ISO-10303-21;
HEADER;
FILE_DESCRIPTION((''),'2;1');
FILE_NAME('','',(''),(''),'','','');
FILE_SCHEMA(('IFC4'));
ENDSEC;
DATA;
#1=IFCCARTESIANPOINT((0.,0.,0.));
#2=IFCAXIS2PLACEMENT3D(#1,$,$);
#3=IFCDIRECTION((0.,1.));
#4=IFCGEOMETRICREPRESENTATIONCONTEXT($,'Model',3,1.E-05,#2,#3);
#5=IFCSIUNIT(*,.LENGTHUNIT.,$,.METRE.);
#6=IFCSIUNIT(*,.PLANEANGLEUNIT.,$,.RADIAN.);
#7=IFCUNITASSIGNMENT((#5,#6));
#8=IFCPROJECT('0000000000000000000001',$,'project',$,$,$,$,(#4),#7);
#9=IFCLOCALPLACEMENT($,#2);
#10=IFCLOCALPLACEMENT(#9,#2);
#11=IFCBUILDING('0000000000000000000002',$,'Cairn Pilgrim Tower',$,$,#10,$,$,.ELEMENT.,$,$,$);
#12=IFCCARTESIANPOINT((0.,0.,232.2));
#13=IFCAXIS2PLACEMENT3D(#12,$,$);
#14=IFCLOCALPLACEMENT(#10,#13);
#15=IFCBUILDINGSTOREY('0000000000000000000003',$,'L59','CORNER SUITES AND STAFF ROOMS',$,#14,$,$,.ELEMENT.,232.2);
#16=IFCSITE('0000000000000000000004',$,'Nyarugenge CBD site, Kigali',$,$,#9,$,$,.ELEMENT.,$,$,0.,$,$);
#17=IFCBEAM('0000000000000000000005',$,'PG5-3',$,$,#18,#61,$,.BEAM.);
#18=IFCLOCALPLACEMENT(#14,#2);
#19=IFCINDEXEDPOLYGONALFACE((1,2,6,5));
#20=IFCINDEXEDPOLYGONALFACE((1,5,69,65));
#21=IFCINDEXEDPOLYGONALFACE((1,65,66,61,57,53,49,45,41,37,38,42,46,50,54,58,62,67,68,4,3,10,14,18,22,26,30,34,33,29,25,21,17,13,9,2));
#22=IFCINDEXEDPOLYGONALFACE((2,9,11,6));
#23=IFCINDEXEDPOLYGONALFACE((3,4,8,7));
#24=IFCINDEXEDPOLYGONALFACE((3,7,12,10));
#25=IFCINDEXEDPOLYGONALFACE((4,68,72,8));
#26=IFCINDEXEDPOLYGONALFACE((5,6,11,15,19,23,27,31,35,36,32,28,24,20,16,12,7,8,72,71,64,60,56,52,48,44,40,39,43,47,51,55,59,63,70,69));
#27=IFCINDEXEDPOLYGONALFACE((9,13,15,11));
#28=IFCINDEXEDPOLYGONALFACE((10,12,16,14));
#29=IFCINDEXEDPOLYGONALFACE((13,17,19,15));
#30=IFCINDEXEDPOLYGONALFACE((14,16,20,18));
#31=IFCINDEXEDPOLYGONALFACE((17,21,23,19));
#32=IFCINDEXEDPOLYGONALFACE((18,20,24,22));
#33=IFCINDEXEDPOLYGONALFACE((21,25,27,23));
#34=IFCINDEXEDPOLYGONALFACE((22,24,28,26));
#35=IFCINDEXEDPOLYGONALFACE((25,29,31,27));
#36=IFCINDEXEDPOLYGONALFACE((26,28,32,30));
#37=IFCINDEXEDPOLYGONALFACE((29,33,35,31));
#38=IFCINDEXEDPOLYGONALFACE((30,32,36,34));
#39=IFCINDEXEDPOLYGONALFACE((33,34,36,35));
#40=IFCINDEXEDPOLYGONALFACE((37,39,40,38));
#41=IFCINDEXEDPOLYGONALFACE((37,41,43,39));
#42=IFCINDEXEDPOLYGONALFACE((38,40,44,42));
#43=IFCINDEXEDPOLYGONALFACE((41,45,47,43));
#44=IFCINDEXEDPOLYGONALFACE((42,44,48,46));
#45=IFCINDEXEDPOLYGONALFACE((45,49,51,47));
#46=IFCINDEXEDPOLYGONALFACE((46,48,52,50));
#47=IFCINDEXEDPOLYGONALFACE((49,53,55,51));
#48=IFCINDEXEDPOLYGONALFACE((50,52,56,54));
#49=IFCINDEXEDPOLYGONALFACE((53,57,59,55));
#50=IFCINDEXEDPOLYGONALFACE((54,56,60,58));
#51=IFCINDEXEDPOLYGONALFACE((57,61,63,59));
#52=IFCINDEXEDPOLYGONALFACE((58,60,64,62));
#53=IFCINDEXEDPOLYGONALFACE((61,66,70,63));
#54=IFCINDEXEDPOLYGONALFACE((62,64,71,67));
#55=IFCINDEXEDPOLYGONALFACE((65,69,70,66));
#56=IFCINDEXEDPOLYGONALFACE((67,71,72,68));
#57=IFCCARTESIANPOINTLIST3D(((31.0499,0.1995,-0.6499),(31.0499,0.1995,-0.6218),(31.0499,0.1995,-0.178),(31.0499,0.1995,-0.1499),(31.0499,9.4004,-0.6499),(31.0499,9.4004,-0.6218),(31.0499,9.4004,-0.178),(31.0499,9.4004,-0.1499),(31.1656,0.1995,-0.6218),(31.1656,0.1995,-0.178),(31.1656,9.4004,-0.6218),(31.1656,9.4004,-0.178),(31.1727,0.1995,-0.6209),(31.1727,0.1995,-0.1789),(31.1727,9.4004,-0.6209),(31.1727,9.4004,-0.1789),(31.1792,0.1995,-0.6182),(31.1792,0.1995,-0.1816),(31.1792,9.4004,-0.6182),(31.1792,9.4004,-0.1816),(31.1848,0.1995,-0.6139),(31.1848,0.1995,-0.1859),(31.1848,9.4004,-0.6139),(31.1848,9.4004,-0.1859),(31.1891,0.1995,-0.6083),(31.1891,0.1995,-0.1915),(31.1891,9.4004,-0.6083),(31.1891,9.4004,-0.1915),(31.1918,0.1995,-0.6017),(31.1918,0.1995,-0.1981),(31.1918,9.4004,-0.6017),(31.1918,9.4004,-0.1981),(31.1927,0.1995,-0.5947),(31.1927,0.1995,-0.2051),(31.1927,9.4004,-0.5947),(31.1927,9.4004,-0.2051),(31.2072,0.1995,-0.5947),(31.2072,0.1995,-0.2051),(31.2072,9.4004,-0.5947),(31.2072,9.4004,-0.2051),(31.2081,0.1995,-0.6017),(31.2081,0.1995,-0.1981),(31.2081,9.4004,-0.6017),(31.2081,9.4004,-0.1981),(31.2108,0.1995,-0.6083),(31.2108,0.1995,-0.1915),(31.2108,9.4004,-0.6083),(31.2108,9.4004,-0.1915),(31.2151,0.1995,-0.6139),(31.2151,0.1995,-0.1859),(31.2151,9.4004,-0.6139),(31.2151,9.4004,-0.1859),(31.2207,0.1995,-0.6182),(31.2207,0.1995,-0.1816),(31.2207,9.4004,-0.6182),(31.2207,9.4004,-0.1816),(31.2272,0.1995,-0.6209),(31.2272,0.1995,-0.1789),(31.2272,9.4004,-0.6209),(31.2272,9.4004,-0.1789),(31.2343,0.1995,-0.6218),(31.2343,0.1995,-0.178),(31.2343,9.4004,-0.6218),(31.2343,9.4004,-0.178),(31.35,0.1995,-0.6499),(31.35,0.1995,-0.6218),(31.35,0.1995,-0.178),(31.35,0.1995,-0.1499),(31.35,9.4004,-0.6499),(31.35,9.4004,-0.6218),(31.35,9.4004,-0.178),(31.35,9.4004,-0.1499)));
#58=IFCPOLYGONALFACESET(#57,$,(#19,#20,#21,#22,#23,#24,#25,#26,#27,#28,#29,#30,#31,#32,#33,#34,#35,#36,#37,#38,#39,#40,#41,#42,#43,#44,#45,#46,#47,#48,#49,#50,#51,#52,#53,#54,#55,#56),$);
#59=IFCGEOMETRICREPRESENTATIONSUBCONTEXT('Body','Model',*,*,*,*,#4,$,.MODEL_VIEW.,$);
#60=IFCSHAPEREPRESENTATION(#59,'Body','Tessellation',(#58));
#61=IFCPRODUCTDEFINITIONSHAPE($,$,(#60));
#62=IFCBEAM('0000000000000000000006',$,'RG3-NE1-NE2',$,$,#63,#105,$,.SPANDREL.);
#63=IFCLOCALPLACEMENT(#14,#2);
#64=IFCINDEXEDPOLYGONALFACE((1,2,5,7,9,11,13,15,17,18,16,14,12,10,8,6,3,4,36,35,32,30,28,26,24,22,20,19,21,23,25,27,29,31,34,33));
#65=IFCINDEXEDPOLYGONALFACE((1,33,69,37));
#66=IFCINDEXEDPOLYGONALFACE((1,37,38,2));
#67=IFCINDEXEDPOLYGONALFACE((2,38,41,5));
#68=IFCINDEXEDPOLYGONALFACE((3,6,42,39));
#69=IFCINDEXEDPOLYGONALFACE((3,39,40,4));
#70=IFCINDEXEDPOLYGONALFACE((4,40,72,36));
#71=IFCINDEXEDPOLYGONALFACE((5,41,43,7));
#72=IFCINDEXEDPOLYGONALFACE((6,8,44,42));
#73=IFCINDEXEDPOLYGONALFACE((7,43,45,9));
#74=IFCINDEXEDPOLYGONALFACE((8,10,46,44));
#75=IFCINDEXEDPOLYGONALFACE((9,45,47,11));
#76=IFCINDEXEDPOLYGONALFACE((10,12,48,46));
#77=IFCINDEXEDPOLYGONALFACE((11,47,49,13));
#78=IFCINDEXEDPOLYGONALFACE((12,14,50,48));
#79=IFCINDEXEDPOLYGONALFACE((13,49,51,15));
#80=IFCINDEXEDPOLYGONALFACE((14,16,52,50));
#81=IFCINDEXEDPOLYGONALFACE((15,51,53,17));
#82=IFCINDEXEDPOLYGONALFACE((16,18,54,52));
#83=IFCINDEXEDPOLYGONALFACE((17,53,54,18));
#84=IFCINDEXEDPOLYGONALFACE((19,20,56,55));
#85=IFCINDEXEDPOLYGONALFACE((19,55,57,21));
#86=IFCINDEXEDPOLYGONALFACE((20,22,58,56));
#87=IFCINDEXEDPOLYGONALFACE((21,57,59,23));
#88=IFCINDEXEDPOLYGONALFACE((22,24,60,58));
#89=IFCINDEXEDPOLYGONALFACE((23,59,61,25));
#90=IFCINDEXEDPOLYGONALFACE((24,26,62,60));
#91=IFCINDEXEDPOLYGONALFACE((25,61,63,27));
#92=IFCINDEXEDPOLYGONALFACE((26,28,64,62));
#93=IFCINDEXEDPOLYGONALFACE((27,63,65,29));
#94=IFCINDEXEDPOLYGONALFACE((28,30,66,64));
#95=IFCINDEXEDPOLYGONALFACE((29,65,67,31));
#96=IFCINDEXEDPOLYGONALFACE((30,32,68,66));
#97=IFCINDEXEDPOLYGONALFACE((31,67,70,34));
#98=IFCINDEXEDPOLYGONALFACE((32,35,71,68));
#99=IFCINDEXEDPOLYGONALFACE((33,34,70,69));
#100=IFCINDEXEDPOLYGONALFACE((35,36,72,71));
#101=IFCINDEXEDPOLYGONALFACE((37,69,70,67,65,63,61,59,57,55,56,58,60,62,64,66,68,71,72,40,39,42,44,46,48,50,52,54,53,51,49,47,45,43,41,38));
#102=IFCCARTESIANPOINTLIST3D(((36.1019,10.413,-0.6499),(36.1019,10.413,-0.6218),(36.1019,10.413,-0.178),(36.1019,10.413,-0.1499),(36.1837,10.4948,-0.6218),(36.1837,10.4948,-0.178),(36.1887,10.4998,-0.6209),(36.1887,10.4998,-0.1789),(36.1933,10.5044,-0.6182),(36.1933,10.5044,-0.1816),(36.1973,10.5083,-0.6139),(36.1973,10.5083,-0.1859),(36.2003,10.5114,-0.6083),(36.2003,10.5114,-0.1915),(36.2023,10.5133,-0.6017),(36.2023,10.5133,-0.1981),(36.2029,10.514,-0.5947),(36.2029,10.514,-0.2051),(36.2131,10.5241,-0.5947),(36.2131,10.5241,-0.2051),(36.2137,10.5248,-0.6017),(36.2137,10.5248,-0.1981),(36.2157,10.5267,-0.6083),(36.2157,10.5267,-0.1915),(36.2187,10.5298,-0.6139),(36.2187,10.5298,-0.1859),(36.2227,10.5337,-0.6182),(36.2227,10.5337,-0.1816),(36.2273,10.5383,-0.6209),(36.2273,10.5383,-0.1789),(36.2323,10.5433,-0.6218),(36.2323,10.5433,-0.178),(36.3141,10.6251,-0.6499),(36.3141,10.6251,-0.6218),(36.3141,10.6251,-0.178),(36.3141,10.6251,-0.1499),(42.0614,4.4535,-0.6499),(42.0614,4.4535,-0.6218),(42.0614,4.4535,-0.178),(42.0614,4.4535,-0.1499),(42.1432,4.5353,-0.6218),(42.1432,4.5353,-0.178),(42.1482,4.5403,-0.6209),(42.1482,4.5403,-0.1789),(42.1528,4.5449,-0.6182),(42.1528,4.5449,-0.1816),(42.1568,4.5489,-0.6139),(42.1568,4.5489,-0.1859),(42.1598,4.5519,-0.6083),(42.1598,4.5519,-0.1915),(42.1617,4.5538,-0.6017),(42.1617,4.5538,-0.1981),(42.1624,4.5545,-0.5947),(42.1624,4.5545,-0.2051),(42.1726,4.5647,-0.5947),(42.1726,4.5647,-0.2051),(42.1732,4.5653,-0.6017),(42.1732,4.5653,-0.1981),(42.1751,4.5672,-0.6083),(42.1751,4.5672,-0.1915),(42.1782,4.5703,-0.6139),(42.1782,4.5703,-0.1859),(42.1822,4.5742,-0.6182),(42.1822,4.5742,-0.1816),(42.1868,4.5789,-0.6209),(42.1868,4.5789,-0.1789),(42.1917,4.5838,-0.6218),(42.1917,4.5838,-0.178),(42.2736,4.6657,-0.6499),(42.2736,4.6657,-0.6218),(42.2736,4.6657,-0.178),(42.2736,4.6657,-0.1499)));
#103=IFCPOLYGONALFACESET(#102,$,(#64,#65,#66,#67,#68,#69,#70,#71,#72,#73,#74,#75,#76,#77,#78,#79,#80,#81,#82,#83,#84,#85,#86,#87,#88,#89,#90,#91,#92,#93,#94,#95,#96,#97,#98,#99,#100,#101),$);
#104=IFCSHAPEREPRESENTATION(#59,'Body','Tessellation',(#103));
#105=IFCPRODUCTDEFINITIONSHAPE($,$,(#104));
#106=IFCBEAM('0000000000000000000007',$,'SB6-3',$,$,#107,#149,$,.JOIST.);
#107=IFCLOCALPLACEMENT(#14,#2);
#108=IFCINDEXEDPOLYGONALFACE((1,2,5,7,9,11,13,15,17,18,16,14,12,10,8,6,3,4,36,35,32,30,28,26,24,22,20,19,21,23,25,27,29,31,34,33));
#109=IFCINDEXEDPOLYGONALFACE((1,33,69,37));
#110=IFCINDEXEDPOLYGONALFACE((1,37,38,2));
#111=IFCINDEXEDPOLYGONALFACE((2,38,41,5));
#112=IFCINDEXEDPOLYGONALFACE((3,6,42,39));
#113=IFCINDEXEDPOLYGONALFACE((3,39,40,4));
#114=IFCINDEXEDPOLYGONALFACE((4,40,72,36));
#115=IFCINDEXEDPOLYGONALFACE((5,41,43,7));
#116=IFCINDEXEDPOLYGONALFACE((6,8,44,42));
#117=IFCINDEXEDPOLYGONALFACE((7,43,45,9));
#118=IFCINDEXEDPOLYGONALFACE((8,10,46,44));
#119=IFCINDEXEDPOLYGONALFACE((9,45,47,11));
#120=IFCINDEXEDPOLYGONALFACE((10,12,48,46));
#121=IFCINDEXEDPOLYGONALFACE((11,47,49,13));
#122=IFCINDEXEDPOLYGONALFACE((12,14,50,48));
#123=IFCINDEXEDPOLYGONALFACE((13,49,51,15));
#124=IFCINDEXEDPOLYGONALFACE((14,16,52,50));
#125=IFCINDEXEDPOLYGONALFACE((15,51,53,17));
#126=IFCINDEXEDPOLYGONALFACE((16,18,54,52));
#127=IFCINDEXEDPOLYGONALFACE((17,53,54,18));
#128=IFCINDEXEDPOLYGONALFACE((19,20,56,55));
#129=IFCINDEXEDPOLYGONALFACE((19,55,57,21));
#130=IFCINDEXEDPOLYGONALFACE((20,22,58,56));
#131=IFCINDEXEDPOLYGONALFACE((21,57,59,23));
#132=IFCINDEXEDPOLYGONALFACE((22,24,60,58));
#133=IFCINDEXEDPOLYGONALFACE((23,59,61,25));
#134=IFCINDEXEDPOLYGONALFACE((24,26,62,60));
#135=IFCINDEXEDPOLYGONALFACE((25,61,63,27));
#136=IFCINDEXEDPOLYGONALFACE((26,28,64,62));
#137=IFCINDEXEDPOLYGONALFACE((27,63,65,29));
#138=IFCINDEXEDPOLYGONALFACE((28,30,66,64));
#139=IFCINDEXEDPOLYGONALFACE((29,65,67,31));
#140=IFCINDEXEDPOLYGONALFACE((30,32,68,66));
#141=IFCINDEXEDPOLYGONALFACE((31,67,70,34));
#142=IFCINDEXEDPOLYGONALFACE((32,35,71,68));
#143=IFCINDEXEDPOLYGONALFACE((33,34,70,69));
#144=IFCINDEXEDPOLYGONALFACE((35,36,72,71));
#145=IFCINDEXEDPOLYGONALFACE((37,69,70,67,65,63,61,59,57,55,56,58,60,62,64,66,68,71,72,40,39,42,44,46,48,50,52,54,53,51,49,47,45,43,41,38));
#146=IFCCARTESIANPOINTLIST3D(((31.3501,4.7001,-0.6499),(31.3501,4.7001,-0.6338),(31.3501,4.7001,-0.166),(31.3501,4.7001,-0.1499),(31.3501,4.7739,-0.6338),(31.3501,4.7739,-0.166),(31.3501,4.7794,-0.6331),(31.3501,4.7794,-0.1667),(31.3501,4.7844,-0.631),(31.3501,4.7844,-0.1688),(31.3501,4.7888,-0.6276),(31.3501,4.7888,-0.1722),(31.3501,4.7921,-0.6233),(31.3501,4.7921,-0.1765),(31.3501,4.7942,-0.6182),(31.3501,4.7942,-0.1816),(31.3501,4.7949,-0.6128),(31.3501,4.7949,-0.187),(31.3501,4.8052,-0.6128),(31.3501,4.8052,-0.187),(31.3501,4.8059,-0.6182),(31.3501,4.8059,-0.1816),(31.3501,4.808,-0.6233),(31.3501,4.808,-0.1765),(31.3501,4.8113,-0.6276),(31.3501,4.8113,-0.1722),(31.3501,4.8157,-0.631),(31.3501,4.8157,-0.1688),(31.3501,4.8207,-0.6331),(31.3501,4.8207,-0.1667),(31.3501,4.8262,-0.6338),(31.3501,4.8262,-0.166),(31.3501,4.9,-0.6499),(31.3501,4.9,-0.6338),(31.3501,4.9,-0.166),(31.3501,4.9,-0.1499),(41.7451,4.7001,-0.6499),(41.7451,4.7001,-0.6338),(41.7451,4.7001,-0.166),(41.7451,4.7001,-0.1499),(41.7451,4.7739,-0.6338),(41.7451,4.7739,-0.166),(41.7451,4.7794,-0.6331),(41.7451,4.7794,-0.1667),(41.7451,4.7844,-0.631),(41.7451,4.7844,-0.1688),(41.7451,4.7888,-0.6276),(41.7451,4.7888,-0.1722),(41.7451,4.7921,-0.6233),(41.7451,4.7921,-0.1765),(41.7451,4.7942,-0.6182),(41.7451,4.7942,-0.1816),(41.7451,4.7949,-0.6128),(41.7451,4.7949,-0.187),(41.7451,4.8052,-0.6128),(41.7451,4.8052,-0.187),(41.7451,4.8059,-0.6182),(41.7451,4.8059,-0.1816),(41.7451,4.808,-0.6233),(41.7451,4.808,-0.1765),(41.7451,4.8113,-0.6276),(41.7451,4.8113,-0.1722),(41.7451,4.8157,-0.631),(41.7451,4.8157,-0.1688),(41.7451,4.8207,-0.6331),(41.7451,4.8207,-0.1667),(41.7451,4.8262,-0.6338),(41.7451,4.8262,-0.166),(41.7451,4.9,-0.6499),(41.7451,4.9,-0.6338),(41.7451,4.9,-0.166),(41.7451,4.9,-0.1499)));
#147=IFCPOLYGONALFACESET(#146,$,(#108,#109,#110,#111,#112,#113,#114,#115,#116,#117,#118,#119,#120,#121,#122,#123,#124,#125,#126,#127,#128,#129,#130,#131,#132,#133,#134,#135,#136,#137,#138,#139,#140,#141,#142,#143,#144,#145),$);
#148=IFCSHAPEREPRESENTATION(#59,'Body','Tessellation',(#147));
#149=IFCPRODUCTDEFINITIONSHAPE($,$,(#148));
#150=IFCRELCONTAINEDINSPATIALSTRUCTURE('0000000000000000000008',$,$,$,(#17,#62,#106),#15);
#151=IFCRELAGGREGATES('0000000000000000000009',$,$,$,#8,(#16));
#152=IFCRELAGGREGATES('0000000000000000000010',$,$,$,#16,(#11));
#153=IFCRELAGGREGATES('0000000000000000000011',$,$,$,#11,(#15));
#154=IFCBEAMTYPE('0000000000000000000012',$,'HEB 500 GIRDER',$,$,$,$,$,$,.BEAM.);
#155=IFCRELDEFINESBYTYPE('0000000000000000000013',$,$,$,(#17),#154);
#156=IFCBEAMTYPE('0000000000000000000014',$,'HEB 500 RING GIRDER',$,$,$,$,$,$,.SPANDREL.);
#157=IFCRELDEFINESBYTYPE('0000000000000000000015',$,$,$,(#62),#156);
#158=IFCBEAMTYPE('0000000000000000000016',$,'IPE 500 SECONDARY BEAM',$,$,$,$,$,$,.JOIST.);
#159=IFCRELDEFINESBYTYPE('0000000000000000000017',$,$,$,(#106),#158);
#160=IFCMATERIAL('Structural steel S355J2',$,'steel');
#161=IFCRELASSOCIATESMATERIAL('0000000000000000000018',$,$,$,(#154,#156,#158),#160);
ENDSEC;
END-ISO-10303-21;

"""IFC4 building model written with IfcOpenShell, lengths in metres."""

from ifc_helpers import new_model, si_unit, direction, frame, origin, origin_2d, place, context, subcontext, project, spatial, i_section, extrude, material, material_profile, profile_set, type_object, element, save


model = new_model("IFC4")

# Units and contexts
model_context = context("Model", 3, precision=1e-05, world=origin(), true_north=direction((0.0, 1.0)))
body_context = subcontext(model_context, "Body", "Model", "MODEL_VIEW")
ifc_project = project(units=[si_unit("LENGTHUNIT", "METRE"), si_unit("PLANEANGLEUNIT", "RADIAN")], contexts=[model_context])

# Site, building, storey
site_placement = place(None, origin())
site = spatial("IfcSite", under=ifc_project, at=site_placement, Name="Nyarugenge CBD site, Kigali", CompositionType="ELEMENT", RefElevation=0.0)
building_placement = place(site_placement, origin())
building = spatial("IfcBuilding", under=site, at=building_placement, Name="Cairn Pilgrim Tower", CompositionType="ELEMENT")
storey_placement = place(building_placement, frame((0.0, 0.0, 232.2)))
storey = spatial("IfcBuildingStorey", under=building, at=storey_placement, Name="L59", Description="CORNER SUITES AND STAFF ROOMS", CompositionType="ELEMENT", Elevation=232.2)

# Shared definitions
ifc_material_1 = material(Name="Structural steel S355J2", Category="steel")

# Beams
ifc_material_profile_1 = material_profile(ifc_material_1, i_section(OverallWidth=0.3, OverallDepth=0.5, WebThickness=0.0144, FlangeThickness=0.0281, FilletRadius=0.0271, at=origin_2d()), Name="HEB 500")
ifc_profile_set_1 = profile_set([ifc_material_profile_1], Name="Structural steel S355J2")
beam_type_1 = type_object("IfcBeamType", Name="HEB 500 GIRDER", PredefinedType="BEAM", material=ifc_profile_set_1)
beam_1_placement = place(storey_placement, frame((31.2, 0.1995, -0.3999), z_axis=(0.0, 1.0, 0.0), x_axis=(-1.0, 0.0, 0.0)))
element("IfcBeam", 1, at=beam_1_placement, inside=storey, type_object=beam_type_1, Name="PG5-3", PredefinedType="BEAM", context=body_context, shape_type="SweptSolid", body=[
    extrude(i_section(OverallWidth=0.3, OverallDepth=0.5, WebThickness=0.0144, FlangeThickness=0.0281, FilletRadius=0.0271, at=origin_2d()), origin(), (0.0, 0.0, 1.0), 9.2009),
])
ifc_material_profile_2 = material_profile(ifc_material_1, i_section(OverallWidth=0.3, OverallDepth=0.5, WebThickness=0.0144, FlangeThickness=0.0281, FilletRadius=0.0271, at=origin_2d()), Name="HEB 500")
ifc_profile_set_2 = profile_set([ifc_material_profile_2], Name="Structural steel S355J2")
beam_type_2 = type_object("IfcBeamType", Name="HEB 500 RING GIRDER", PredefinedType="SPANDREL", material=ifc_profile_set_2)
beam_2_placement = place(storey_placement, frame((42.1675, 4.5596, -0.3999), z_axis=(-0.707107, 0.707107, 0.0), x_axis=(-0.707107, -0.707107, 0.0)))
element("IfcBeam", 2, at=beam_2_placement, inside=storey, type_object=beam_type_2, Name="RG3-NE1-NE2", PredefinedType="SPANDREL", context=body_context, shape_type="SweptSolid", body=[
    extrude(i_section(OverallWidth=0.3, OverallDepth=0.5, WebThickness=0.0144, FlangeThickness=0.0281, FilletRadius=0.0271, at=origin_2d()), origin(), (0.0, 0.0, 1.0), 8.428),
])
ifc_material_profile_3 = material_profile(ifc_material_1, i_section(OverallWidth=0.2, OverallDepth=0.5, WebThickness=0.0103, FlangeThickness=0.0161, FilletRadius=0.021, at=origin_2d()), Name="IPE 500")
ifc_profile_set_3 = profile_set([ifc_material_profile_3], Name="Structural steel S355J2")
beam_type_3 = type_object("IfcBeamType", Name="IPE 500 SECONDARY BEAM", PredefinedType="JOIST", material=ifc_profile_set_3)
beam_3_placement = place(storey_placement, frame((31.3501, 4.8, -0.3999), z_axis=(1.0, 0.0, 0.0), x_axis=(0.0, 1.0, 0.0)))
element("IfcBeam", 3, at=beam_3_placement, inside=storey, type_object=beam_type_3, Name="SB6-3", PredefinedType="JOIST", context=body_context, shape_type="SweptSolid", body=[
    extrude(i_section(OverallWidth=0.2, OverallDepth=0.5, WebThickness=0.0103, FlangeThickness=0.0161, FilletRadius=0.021, at=origin_2d()), origin(), (0.0, 0.0, 1.0), 10.395),
])

save(model, "model.ifc")
